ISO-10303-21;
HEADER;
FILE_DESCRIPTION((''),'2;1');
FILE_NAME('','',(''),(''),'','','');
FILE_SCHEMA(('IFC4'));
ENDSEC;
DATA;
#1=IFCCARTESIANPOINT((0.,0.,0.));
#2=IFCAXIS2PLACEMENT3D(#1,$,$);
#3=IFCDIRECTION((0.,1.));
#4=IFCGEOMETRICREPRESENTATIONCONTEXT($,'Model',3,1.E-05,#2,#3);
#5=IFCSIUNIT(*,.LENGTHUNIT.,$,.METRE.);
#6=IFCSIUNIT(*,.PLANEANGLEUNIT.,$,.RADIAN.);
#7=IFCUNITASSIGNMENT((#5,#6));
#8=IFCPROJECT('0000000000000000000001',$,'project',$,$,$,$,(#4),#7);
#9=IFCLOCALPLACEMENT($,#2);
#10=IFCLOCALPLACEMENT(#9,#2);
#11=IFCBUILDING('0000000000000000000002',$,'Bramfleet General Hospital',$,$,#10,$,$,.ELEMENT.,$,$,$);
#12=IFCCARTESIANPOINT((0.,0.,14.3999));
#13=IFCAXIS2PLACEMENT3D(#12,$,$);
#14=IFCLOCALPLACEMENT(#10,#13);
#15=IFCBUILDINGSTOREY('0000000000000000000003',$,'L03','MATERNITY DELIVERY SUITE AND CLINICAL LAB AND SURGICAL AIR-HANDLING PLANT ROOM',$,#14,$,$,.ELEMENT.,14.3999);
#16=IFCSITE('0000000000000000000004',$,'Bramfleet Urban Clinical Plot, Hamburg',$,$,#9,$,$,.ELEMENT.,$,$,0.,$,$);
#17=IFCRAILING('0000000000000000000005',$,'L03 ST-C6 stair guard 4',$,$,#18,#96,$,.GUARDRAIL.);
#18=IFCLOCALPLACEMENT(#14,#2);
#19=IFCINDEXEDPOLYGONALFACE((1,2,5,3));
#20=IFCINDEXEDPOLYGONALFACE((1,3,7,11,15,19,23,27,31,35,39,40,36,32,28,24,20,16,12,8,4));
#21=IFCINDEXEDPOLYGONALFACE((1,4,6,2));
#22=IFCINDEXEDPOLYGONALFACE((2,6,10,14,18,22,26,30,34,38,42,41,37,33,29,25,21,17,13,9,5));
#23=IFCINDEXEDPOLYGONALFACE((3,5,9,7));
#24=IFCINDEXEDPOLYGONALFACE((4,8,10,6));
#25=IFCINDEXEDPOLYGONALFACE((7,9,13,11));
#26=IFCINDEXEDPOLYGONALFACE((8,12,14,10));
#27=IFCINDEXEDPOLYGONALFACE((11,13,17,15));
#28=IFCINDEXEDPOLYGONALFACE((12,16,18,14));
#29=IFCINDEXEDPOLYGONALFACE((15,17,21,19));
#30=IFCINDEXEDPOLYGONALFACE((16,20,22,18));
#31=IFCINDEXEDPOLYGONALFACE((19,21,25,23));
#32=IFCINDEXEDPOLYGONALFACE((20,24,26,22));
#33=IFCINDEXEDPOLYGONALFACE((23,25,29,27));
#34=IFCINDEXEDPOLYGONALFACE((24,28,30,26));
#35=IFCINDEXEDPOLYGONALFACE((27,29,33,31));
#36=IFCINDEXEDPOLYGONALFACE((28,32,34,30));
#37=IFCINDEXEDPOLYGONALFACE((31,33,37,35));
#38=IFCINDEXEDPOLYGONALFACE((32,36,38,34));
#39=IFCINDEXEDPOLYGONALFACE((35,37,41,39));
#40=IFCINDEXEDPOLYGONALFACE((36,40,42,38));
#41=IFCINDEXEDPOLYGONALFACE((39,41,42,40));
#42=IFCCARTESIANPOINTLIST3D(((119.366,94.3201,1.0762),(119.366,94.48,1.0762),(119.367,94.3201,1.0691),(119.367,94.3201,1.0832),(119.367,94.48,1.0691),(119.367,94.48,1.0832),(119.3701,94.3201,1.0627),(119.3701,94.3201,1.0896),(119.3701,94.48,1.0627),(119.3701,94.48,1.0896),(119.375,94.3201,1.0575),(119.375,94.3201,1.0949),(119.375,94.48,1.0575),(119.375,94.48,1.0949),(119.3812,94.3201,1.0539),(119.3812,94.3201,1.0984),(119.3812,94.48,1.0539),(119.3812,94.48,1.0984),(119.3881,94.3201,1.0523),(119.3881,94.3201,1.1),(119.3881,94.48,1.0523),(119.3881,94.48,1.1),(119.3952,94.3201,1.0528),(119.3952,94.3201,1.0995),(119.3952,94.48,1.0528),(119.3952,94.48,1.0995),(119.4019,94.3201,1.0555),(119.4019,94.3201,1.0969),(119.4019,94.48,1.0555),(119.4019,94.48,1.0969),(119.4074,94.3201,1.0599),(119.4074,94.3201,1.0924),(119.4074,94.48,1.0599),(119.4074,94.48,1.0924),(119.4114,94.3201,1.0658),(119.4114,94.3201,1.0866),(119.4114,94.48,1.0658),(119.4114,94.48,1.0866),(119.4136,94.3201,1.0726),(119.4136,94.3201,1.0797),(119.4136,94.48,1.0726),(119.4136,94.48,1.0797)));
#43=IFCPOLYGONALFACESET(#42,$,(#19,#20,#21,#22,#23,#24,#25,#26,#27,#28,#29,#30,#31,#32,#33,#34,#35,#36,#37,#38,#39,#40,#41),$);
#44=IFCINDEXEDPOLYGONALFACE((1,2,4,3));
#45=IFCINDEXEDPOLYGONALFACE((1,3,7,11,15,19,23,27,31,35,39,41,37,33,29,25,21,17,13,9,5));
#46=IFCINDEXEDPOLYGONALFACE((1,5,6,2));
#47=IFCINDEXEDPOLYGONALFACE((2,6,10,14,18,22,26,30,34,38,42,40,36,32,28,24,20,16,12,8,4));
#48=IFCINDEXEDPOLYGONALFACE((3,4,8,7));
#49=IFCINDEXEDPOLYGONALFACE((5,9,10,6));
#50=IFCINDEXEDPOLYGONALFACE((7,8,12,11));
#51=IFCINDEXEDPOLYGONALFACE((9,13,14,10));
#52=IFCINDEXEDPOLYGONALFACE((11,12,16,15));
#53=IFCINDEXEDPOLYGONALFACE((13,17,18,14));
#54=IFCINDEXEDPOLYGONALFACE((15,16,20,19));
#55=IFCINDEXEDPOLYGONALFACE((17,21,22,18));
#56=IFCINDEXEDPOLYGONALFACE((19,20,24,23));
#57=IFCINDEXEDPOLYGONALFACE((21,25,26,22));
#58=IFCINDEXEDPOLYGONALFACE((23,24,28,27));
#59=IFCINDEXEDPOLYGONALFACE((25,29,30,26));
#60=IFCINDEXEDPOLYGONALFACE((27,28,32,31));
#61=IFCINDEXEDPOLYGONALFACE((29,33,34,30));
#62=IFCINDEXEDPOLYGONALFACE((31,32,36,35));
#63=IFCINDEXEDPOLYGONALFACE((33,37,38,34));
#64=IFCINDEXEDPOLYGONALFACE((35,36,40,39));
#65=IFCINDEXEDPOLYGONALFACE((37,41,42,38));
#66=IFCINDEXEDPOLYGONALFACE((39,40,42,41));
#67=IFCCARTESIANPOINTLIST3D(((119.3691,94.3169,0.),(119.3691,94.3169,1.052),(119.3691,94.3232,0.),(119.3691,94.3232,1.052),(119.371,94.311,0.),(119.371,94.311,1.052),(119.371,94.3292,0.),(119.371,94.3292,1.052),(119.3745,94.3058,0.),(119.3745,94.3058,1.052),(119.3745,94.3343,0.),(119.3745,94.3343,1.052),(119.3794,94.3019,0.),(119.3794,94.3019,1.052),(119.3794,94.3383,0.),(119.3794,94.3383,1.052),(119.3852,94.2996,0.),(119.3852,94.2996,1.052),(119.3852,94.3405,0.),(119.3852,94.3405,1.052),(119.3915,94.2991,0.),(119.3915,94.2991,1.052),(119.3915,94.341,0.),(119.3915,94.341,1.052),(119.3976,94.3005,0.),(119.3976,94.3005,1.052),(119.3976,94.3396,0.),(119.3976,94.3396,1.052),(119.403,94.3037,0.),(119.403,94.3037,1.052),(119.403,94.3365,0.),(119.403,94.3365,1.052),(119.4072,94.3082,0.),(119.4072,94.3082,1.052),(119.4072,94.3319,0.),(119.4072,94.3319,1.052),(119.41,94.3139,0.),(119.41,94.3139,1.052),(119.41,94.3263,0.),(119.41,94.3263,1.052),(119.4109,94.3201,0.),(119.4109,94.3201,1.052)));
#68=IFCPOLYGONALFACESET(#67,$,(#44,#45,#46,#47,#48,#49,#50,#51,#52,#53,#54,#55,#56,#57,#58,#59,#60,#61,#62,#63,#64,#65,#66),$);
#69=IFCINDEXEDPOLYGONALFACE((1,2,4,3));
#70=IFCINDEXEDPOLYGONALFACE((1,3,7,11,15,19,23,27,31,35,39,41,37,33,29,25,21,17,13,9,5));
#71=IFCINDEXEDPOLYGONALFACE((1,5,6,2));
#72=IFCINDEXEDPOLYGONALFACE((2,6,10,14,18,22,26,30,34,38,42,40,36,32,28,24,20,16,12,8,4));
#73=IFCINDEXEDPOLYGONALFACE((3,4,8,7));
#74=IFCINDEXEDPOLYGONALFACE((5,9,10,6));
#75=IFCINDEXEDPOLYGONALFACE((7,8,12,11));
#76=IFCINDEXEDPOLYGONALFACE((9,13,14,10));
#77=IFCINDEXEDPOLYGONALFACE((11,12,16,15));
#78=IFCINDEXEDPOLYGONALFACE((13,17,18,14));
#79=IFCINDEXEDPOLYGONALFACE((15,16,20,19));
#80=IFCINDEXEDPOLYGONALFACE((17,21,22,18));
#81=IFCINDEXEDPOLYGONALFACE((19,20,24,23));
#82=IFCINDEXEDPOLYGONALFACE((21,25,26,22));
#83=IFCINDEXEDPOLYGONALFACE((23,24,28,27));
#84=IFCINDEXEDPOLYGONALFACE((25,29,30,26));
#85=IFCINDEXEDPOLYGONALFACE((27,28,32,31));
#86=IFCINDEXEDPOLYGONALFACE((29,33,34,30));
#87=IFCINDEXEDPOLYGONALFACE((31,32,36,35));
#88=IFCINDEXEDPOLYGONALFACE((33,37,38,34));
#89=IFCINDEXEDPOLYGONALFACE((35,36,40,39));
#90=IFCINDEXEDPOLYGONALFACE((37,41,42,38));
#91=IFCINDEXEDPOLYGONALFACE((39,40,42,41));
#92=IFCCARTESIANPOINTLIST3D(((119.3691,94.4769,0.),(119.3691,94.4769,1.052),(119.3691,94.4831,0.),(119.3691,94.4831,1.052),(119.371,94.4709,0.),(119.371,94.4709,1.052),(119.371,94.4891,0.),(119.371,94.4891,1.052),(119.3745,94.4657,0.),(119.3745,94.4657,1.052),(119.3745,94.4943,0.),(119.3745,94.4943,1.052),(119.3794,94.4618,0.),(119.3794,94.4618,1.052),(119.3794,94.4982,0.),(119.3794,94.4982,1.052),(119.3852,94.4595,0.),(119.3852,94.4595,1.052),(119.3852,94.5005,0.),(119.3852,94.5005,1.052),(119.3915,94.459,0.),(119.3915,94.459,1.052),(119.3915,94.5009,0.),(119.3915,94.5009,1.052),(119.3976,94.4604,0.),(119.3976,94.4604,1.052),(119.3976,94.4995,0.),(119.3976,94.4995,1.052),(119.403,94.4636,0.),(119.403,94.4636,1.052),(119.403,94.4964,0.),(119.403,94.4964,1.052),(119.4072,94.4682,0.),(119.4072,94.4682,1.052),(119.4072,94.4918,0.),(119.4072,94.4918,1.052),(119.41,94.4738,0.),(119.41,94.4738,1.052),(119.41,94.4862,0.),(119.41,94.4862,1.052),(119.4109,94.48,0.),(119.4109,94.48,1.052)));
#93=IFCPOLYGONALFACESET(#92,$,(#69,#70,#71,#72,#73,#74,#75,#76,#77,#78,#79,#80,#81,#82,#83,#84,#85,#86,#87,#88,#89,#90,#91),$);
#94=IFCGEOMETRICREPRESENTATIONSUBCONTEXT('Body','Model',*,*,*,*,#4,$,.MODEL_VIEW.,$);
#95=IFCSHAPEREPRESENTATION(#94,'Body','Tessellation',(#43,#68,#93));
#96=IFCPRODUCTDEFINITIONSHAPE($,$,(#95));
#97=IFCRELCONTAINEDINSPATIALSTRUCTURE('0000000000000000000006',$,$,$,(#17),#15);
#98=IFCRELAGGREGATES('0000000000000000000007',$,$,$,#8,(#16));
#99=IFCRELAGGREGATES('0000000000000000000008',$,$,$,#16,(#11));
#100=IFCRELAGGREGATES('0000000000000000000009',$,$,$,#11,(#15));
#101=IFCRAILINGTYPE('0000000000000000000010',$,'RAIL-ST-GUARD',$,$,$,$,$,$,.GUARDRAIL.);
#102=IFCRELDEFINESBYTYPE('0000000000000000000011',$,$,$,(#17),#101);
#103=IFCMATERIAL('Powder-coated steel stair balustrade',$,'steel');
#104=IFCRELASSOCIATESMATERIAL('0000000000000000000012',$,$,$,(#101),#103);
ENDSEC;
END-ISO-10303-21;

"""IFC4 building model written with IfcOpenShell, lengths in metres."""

from ifc_helpers import new_model, si_unit, direction, frame, origin, origin_2d, place, context, subcontext, project, spatial, circle, extrude, material, type_object, element, save


model = new_model("IFC4")

# Units and contexts
model_context = context("Model", 3, precision=1e-05, world=origin(), true_north=direction((0.0, 1.0)))
body_context = subcontext(model_context, "Body", "Model", "MODEL_VIEW")
ifc_project = project(units=[si_unit("LENGTHUNIT", "METRE"), si_unit("PLANEANGLEUNIT", "RADIAN")], contexts=[model_context])

# Site, building, storey
site_placement = place(None, origin())
site = spatial("IfcSite", under=ifc_project, at=site_placement, Name="Bramfleet Urban Clinical Plot, Hamburg", CompositionType="ELEMENT", RefElevation=0.0)
building_placement = place(site_placement, origin())
building = spatial("IfcBuilding", under=site, at=building_placement, Name="Bramfleet General Hospital", CompositionType="ELEMENT")
storey_placement = place(building_placement, frame((0.0, 0.0, 14.3999)))
storey = spatial("IfcBuildingStorey", under=building, at=storey_placement, Name="L03", Description="MATERNITY DELIVERY SUITE AND CLINICAL LAB AND SURGICAL AIR-HANDLING PLANT ROOM", CompositionType="ELEMENT", Elevation=14.3999)

# Railing
ifc_material_1 = material(Name="Powder-coated steel stair balustrade", Category="steel")
railing_type_1 = type_object("IfcRailingType", Name="RAIL-ST-GUARD", PredefinedType="GUARDRAIL", material=ifc_material_1)
railing_1_placement = place(storey_placement, frame((119.3899, 94.3201, 0.0)))
element("IfcRailing", 1, at=railing_1_placement, inside=storey, type_object=railing_type_1, Name="L03 ST-C6 stair guard 4", PredefinedType="GUARDRAIL", context=body_context, shape_type="SweptSolid", body=[
    extrude(circle(Radius=0.0239, at=origin_2d()), frame((0.0, 0.0, 1.0762), z_axis=(0.0, 1.0, 0.0), x_axis=(-1.0, 0.0, 0.0)), (0.0, 0.0, 1.0), 0.1599),
    extrude(circle(Radius=0.021, at=origin_2d()), origin(), (0.0, 0.0, 1.0), 1.052),
    extrude(circle(Radius=0.021, at=origin_2d()), frame((0.0, 0.1599, 0.0)), (0.0, 0.0, 1.0), 1.052),
])

save(model, "model.ifc")
